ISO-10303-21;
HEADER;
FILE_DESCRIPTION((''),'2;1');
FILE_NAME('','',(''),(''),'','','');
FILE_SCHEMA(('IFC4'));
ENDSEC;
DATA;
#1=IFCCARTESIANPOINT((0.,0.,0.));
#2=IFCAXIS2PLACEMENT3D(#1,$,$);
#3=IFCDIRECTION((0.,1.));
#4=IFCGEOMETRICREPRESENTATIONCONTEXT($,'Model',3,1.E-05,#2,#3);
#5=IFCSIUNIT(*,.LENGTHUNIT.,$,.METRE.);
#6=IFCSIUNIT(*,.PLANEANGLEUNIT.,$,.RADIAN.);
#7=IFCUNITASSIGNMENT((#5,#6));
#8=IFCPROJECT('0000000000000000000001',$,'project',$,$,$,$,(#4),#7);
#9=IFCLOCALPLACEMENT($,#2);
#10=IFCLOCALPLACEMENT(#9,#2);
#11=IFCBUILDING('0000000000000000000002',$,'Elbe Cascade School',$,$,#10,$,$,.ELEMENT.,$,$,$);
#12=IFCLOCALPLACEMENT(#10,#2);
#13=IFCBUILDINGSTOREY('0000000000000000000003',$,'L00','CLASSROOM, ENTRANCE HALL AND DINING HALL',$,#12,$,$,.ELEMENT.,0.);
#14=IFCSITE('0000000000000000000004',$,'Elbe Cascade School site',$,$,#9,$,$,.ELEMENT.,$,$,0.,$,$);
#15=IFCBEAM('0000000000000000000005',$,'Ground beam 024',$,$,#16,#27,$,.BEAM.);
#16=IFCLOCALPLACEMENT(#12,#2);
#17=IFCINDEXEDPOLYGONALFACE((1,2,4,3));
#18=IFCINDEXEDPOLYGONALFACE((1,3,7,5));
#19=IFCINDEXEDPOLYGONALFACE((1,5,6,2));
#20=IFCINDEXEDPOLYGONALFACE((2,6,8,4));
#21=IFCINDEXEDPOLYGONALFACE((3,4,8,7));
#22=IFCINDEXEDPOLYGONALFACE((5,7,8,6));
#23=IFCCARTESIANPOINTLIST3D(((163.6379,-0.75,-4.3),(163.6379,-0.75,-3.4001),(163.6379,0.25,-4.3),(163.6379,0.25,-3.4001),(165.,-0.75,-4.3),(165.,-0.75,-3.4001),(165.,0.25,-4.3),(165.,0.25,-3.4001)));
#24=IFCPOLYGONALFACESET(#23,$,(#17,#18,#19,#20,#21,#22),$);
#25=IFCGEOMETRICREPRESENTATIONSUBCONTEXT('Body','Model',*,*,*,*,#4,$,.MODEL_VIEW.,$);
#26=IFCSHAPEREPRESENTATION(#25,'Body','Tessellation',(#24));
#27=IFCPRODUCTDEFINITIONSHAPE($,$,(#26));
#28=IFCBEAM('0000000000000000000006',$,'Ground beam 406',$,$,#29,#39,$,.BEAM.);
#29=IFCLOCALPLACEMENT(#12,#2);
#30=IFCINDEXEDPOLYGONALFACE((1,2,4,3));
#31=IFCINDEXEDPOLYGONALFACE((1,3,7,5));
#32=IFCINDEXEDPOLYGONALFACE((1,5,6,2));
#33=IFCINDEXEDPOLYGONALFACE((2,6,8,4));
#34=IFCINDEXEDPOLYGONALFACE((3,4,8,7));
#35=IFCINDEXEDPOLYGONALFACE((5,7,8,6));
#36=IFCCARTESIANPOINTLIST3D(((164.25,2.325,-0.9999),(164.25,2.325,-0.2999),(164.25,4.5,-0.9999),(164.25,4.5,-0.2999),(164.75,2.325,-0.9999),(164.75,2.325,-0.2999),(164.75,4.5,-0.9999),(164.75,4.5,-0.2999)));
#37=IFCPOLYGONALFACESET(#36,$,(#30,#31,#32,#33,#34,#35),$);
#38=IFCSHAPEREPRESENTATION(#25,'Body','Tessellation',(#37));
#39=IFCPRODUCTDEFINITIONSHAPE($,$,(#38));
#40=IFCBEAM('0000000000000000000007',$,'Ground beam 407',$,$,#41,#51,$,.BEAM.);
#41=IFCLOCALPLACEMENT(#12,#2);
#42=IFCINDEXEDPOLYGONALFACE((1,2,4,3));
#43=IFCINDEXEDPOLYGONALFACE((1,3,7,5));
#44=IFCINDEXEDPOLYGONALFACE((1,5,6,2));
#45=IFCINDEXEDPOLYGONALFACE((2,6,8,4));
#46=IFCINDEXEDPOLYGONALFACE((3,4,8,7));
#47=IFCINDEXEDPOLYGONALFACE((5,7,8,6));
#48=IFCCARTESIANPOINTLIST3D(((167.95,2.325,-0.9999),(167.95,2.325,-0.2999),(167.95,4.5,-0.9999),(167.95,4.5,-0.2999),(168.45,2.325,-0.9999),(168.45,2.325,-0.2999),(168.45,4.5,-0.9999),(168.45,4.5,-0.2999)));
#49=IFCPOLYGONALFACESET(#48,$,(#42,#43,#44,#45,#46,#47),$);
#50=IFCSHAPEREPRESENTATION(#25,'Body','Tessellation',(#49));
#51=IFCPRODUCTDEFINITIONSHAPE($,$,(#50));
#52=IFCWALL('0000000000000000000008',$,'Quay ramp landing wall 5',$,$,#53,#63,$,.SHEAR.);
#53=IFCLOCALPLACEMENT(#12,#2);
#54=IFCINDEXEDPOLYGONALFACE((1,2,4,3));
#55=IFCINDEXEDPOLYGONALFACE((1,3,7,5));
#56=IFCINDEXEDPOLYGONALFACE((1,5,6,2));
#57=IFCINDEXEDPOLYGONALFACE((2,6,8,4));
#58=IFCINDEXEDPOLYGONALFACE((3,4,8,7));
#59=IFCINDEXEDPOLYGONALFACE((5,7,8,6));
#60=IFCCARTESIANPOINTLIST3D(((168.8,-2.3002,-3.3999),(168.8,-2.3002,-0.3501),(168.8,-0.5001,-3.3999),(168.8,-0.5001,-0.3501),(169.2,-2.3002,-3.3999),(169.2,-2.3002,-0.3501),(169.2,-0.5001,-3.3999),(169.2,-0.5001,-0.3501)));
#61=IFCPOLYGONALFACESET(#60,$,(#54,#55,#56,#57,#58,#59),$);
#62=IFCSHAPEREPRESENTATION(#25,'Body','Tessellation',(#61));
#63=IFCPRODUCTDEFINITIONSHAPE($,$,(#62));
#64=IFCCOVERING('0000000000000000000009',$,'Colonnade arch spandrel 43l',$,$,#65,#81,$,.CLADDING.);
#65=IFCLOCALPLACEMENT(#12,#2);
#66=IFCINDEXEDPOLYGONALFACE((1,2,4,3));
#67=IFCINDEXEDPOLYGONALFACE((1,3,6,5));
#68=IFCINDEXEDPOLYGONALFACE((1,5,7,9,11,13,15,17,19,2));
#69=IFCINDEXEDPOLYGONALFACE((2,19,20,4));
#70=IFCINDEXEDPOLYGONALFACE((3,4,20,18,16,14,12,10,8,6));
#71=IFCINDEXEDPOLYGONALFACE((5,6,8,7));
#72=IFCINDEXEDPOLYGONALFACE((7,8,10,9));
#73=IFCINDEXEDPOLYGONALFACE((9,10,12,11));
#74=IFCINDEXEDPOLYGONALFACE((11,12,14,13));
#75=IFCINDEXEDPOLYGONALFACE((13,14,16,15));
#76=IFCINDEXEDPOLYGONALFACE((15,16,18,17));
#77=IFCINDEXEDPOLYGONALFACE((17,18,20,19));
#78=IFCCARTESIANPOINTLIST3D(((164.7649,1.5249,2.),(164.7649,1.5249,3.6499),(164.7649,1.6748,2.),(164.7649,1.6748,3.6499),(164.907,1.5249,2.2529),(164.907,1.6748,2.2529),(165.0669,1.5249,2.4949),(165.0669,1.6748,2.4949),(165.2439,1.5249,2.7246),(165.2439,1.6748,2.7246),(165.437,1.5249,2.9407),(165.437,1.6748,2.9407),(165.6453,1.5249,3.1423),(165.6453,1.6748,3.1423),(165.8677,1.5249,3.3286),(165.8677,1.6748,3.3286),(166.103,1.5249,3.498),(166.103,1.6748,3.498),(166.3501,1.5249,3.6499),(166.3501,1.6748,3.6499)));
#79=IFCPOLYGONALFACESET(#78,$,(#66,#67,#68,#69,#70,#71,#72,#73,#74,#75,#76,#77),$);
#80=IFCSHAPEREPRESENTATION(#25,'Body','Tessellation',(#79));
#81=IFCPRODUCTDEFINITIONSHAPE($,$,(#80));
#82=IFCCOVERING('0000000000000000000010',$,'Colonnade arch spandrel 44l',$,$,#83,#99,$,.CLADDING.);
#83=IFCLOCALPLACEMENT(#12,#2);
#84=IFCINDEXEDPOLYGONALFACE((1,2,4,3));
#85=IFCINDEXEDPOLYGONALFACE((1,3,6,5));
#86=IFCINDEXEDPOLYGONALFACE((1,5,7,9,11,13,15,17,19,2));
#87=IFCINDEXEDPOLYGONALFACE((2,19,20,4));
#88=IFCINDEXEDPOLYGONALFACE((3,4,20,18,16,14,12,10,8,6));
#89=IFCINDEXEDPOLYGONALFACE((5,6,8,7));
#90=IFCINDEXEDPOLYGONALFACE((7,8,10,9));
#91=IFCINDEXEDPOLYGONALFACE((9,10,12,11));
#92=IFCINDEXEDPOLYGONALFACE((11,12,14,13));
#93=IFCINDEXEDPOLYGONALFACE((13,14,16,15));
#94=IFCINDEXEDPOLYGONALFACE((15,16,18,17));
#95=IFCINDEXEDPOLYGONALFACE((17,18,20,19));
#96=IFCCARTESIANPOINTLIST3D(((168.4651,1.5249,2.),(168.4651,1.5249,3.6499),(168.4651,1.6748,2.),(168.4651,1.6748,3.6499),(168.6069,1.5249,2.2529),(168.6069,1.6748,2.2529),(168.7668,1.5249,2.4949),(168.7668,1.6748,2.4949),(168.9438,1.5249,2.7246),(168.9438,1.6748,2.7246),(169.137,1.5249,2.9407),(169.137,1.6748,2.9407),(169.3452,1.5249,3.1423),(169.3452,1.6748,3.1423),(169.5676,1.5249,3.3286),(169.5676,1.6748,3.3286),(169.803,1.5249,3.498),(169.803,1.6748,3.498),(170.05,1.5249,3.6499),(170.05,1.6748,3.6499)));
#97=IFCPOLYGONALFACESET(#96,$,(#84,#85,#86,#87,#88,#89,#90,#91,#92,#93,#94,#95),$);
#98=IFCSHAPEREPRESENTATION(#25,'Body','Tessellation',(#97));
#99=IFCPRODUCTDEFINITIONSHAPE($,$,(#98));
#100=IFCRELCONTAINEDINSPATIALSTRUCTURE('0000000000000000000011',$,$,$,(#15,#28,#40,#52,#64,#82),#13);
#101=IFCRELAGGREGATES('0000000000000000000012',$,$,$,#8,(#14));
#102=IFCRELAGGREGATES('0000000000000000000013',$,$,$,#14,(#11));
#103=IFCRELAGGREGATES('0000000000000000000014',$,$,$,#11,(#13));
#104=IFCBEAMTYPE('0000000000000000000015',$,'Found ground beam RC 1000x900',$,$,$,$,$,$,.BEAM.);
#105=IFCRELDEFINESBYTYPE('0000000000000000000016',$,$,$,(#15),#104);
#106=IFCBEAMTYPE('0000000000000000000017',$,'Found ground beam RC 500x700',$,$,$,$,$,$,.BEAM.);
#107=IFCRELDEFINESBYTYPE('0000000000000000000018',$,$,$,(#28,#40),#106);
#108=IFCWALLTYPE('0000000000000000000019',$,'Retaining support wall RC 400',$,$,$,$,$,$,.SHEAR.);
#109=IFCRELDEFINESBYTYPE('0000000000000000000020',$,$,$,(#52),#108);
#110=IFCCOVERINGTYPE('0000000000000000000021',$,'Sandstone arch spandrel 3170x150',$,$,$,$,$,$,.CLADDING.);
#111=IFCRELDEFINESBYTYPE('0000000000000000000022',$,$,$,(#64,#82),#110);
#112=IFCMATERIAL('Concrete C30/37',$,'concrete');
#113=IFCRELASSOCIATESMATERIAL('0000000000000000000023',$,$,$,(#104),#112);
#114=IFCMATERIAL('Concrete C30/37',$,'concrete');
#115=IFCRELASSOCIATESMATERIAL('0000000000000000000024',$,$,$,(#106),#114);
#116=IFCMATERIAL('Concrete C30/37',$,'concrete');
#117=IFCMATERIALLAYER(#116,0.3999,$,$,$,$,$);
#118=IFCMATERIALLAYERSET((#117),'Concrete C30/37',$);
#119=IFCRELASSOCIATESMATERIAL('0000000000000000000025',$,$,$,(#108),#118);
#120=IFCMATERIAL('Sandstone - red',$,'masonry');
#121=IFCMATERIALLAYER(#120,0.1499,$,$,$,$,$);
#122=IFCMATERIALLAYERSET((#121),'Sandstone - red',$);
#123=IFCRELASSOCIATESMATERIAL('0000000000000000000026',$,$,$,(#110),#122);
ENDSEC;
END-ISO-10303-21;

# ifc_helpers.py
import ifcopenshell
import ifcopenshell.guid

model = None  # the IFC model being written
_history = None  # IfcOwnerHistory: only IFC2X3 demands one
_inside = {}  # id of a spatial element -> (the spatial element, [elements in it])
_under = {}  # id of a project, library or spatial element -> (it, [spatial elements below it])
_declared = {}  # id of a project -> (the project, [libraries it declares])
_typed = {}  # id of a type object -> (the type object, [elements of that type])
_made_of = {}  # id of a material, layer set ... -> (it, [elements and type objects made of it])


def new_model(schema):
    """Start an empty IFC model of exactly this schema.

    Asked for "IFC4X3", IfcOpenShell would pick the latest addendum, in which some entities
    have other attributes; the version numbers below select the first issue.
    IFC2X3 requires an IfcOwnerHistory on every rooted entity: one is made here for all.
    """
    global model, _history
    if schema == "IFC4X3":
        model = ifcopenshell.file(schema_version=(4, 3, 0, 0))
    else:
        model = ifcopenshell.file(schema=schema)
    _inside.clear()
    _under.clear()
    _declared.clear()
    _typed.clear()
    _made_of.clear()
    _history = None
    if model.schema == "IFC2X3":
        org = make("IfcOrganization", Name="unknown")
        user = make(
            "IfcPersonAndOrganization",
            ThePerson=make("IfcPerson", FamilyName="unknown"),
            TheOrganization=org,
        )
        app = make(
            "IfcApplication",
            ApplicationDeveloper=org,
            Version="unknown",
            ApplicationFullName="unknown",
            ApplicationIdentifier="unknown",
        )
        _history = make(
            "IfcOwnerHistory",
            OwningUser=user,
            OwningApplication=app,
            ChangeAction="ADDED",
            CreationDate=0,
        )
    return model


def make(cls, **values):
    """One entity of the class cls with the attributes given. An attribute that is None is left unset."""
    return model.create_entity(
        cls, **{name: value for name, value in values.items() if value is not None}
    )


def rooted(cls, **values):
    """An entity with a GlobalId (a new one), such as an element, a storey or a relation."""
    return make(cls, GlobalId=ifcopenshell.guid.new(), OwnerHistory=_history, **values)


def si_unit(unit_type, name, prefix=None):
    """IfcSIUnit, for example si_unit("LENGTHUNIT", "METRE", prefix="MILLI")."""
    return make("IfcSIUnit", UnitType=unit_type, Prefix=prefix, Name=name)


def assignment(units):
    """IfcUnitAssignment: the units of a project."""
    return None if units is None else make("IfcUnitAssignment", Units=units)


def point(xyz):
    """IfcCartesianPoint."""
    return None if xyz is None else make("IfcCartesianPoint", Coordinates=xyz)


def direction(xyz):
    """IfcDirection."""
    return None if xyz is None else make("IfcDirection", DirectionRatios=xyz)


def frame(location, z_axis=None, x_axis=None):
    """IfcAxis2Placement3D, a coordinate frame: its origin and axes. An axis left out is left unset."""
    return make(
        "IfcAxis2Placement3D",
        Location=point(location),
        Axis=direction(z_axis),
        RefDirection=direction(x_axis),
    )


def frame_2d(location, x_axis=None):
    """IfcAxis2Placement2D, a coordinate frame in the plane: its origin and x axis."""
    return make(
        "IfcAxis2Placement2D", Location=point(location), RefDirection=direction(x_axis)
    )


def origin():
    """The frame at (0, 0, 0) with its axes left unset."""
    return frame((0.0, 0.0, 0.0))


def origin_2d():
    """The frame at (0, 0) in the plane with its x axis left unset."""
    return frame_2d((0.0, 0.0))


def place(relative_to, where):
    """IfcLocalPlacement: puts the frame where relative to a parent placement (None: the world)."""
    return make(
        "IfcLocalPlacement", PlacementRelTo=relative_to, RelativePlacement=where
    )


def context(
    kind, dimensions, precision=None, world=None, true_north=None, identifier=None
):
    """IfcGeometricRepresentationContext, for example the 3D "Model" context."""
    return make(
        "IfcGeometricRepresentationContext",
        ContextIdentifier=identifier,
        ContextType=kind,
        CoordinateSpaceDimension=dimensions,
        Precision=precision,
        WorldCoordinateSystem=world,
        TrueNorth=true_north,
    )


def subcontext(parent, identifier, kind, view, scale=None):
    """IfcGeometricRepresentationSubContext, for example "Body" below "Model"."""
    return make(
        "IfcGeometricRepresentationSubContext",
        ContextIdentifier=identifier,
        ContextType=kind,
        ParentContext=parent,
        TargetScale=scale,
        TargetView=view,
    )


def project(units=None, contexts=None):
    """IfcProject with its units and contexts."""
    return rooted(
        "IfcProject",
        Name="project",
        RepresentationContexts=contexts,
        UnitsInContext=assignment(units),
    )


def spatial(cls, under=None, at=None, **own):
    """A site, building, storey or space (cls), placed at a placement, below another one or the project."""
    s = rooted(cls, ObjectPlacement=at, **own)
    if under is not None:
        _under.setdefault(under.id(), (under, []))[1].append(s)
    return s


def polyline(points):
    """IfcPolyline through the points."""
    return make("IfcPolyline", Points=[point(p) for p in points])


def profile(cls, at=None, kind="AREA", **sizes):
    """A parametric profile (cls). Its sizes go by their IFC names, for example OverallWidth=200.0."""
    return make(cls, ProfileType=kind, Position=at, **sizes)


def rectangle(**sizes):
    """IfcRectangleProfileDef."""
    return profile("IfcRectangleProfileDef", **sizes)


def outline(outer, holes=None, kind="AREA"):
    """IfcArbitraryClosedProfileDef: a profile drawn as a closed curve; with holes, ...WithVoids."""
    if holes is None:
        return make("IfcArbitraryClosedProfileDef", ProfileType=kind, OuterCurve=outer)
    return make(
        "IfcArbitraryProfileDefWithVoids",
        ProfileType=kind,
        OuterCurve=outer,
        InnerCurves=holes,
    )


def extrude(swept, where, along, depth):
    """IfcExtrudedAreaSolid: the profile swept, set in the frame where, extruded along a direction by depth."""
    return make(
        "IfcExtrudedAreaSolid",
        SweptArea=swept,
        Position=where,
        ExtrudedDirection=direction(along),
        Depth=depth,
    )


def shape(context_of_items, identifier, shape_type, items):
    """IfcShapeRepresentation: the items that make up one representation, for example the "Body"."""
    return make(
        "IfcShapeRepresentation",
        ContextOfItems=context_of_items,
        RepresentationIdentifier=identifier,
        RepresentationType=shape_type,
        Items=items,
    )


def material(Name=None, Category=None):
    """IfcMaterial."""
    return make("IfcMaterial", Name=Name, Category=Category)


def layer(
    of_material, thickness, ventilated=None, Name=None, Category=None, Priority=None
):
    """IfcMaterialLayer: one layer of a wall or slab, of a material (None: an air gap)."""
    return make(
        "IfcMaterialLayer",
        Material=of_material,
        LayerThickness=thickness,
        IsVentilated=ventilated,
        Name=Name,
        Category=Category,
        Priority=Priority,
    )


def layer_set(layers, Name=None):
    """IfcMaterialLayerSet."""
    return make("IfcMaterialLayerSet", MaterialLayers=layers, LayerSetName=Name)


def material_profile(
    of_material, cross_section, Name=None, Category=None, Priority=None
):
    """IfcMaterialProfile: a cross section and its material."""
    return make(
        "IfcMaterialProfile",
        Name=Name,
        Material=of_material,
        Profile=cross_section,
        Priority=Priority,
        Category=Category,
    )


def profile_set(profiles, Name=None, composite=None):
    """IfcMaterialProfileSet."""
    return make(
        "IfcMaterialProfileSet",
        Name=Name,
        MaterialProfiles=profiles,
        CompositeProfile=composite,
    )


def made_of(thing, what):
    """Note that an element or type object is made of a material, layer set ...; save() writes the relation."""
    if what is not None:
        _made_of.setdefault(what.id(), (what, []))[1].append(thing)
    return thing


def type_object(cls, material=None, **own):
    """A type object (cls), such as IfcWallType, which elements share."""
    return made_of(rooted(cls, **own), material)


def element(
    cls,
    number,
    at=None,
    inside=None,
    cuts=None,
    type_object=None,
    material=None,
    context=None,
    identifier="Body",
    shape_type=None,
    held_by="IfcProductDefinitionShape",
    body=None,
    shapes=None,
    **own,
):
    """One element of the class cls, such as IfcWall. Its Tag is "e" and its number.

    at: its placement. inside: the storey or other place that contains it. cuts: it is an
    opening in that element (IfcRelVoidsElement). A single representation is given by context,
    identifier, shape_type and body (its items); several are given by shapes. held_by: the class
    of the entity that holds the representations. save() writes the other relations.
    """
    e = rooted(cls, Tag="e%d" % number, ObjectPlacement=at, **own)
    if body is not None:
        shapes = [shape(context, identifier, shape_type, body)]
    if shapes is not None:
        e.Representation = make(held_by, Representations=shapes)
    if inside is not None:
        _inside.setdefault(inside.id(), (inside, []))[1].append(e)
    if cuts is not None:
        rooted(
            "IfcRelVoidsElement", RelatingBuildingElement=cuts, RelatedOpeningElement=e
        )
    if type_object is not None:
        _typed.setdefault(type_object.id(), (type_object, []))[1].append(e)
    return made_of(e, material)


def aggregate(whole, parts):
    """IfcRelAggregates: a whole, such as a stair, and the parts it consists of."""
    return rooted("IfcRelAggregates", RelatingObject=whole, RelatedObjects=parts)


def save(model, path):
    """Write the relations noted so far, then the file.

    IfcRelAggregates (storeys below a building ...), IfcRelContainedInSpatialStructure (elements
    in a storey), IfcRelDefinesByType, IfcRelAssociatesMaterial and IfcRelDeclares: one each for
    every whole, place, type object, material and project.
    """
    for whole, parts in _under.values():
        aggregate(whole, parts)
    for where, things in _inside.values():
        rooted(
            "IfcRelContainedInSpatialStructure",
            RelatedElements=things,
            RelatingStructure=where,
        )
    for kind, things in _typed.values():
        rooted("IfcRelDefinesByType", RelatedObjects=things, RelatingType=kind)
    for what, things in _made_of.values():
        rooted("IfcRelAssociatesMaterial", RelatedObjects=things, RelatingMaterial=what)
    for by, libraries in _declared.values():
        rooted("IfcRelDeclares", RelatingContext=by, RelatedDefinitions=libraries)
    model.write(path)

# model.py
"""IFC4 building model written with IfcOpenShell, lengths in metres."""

from ifc_helpers import new_model, si_unit, direction, frame, frame_2d, origin, origin_2d, place, context, subcontext, project, spatial, polyline, rectangle, outline, extrude, material, layer, layer_set, material_profile, profile_set, type_object, element, save


model = new_model("IFC4")

# Units and contexts
model_context = context("Model", 3, precision=1e-05, world=origin(), true_north=direction((0.0, 1.0)))
body_context = subcontext(model_context, "Body", "Model", "MODEL_VIEW")
ifc_project = project(units=[si_unit("LENGTHUNIT", "METRE"), si_unit("PLANEANGLEUNIT", "RADIAN")], contexts=[model_context])

# Site, building, storey
site_placement = place(None, origin())
site = spatial("IfcSite", under=ifc_project, at=site_placement, Name="Elbe Cascade School site", CompositionType="ELEMENT", RefElevation=0.0)
building_placement = place(site_placement, origin())
building = spatial("IfcBuilding", under=site, at=building_placement, Name="Elbe Cascade School", CompositionType="ELEMENT")
storey_placement = place(building_placement, origin())
storey = spatial("IfcBuildingStorey", under=building, at=storey_placement, Name="L00", Description="CLASSROOM, ENTRANCE HALL AND DINING HALL", CompositionType="ELEMENT", Elevation=0.0)

# Beams
ifc_material_1 = material(Name="Concrete C30/37", Category="concrete")
ifc_material_profile_1 = material_profile(ifc_material_1, rectangle(XDim=1.0, YDim=0.8999, at=origin_2d()), Name="RC 1000x900")
ifc_profile_set_1 = profile_set([ifc_material_profile_1], Name="Concrete C30/37")
beam_type_1 = type_object("IfcBeamType", Name="Found ground beam RC 1000x900", PredefinedType="BEAM", material=ifc_profile_set_1)
beam_placement = place(storey_placement, frame((163.6379, -0.25, -3.8501), z_axis=(1.0, 0.0, 0.0), x_axis=(0.0, 1.0, 0.0)))
element("IfcBeam", 1, at=beam_placement, inside=storey, type_object=beam_type_1, Name="Ground beam 024", PredefinedType="BEAM", context=body_context, shape_type="SweptSolid", body=[
    extrude(rectangle(XDim=1.0, YDim=0.8999, at=origin_2d()), origin(), (0.0, 0.0, 1.0), 1.3621),
])
ifc_material_2 = material(Name="Concrete C30/37", Category="concrete")
ifc_material_profile_2 = material_profile(ifc_material_2, rectangle(XDim=0.5, YDim=0.7, at=origin_2d()), Name="RC 500x700")
ifc_profile_set_2 = profile_set([ifc_material_profile_2], Name="Concrete C30/37")
beam_type_2 = type_object("IfcBeamType", Name="Found ground beam RC 500x700", PredefinedType="BEAM", material=ifc_profile_set_2)
for number, where, z_axis, x_axis, name in (
    (2, (164.5, 2.325, -0.6499), (0.0, 1.0, 0.0), (-1.0, 0.0, 0.0), "Ground beam 406"),
    (3, (168.2, 2.325, -0.6499), (0.0, 1.0, 0.0), (-1.0, 0.0, 0.0), "Ground beam 407"),
):
    element("IfcBeam", number, at=place(storey_placement, frame(where, z_axis=z_axis, x_axis=x_axis)), inside=storey, type_object=beam_type_2, Name=name, PredefinedType="BEAM", context=body_context, shape_type="SweptSolid", body=[
        extrude(rectangle(XDim=0.5, YDim=0.7, at=origin_2d()), origin(), (0.0, 0.0, 1.0), 2.175),
    ])

# Wall
ifc_material_3 = material(Name="Concrete C30/37", Category="concrete")
ifc_layer_1 = layer(ifc_material_3, 0.3999)
ifc_layer_set_1 = layer_set([ifc_layer_1], Name="Concrete C30/37")
wall_type = type_object("IfcWallType", Name="Retaining support wall RC 400", PredefinedType="SHEAR", material=ifc_layer_set_1)
wall_placement = place(storey_placement, frame((169.0, -2.3, -3.3999), z_axis=(0.0, 0.0, 1.0), x_axis=(0.0, 1.0, 0.0)))
element("IfcWall", 4, at=wall_placement, inside=storey, type_object=wall_type, Name="Quay ramp landing wall 5", PredefinedType="SHEAR", context=body_context, shape_type="SweptSolid", body=[
    extrude(rectangle(XDim=1.8, YDim=0.3999, at=frame_2d((0.8999, 0.0))), origin(), (0.0, 0.0, 1.0), 3.0498),
])

# Coverings
ifc_material_4 = material(Name="Sandstone - red", Category="masonry")
ifc_layer_2 = layer(ifc_material_4, 0.1499)
ifc_layer_set_2 = layer_set([ifc_layer_2], Name="Sandstone - red")
covering_type = type_object("IfcCoveringType", Name="Sandstone arch spandrel 3170x150", PredefinedType="CLADDING", material=ifc_layer_set_2)
covering_1_placement = place(storey_placement, frame((164.7649, 1.5249, 3.6499), z_axis=(0.0, -1.0, 0.0), x_axis=(0.0, 0.0, -1.0)))
element("IfcCovering", 5, at=covering_1_placement, inside=storey, type_object=covering_type, Name="Colonnade arch spandrel 43l", PredefinedType="CLADDING", context=body_context, shape_type="SweptSolid", body=[
    extrude(outline(polyline([(0.0, 0.0), (1.6499, 0.0), (1.397, 0.1421), (1.155, 0.302), (0.9253, 0.479), (0.7092, 0.6721), (0.5076, 0.8804), (0.3213, 1.1028), (0.1519, 1.3381), (0.0, 1.5852), (0.0, 0.0)])), origin(), (0.0, 0.0, -1.0), 0.1499),
])
covering_2_placement = place(storey_placement, frame((168.4651, 1.5249, 3.6499), z_axis=(0.0, -1.0, 0.0), x_axis=(0.0, 0.0, -1.0)))
element("IfcCovering", 6, at=covering_2_placement, inside=storey, type_object=covering_type, Name="Colonnade arch spandrel 44l", PredefinedType="CLADDING", context=body_context, shape_type="SweptSolid", body=[
    extrude(outline(polyline([(0.0, 0.0), (1.6499, 0.0), (1.397, 0.1418), (1.155, 0.3018), (0.9253, 0.4788), (0.7092, 0.6719), (0.5076, 0.8801), (0.3213, 1.1025), (0.1519, 1.3379), (0.0, 1.585), (0.0, 0.0)])), origin(), (0.0, 0.0, -1.0), 0.1499),
])

save(model, "model.ifc")
